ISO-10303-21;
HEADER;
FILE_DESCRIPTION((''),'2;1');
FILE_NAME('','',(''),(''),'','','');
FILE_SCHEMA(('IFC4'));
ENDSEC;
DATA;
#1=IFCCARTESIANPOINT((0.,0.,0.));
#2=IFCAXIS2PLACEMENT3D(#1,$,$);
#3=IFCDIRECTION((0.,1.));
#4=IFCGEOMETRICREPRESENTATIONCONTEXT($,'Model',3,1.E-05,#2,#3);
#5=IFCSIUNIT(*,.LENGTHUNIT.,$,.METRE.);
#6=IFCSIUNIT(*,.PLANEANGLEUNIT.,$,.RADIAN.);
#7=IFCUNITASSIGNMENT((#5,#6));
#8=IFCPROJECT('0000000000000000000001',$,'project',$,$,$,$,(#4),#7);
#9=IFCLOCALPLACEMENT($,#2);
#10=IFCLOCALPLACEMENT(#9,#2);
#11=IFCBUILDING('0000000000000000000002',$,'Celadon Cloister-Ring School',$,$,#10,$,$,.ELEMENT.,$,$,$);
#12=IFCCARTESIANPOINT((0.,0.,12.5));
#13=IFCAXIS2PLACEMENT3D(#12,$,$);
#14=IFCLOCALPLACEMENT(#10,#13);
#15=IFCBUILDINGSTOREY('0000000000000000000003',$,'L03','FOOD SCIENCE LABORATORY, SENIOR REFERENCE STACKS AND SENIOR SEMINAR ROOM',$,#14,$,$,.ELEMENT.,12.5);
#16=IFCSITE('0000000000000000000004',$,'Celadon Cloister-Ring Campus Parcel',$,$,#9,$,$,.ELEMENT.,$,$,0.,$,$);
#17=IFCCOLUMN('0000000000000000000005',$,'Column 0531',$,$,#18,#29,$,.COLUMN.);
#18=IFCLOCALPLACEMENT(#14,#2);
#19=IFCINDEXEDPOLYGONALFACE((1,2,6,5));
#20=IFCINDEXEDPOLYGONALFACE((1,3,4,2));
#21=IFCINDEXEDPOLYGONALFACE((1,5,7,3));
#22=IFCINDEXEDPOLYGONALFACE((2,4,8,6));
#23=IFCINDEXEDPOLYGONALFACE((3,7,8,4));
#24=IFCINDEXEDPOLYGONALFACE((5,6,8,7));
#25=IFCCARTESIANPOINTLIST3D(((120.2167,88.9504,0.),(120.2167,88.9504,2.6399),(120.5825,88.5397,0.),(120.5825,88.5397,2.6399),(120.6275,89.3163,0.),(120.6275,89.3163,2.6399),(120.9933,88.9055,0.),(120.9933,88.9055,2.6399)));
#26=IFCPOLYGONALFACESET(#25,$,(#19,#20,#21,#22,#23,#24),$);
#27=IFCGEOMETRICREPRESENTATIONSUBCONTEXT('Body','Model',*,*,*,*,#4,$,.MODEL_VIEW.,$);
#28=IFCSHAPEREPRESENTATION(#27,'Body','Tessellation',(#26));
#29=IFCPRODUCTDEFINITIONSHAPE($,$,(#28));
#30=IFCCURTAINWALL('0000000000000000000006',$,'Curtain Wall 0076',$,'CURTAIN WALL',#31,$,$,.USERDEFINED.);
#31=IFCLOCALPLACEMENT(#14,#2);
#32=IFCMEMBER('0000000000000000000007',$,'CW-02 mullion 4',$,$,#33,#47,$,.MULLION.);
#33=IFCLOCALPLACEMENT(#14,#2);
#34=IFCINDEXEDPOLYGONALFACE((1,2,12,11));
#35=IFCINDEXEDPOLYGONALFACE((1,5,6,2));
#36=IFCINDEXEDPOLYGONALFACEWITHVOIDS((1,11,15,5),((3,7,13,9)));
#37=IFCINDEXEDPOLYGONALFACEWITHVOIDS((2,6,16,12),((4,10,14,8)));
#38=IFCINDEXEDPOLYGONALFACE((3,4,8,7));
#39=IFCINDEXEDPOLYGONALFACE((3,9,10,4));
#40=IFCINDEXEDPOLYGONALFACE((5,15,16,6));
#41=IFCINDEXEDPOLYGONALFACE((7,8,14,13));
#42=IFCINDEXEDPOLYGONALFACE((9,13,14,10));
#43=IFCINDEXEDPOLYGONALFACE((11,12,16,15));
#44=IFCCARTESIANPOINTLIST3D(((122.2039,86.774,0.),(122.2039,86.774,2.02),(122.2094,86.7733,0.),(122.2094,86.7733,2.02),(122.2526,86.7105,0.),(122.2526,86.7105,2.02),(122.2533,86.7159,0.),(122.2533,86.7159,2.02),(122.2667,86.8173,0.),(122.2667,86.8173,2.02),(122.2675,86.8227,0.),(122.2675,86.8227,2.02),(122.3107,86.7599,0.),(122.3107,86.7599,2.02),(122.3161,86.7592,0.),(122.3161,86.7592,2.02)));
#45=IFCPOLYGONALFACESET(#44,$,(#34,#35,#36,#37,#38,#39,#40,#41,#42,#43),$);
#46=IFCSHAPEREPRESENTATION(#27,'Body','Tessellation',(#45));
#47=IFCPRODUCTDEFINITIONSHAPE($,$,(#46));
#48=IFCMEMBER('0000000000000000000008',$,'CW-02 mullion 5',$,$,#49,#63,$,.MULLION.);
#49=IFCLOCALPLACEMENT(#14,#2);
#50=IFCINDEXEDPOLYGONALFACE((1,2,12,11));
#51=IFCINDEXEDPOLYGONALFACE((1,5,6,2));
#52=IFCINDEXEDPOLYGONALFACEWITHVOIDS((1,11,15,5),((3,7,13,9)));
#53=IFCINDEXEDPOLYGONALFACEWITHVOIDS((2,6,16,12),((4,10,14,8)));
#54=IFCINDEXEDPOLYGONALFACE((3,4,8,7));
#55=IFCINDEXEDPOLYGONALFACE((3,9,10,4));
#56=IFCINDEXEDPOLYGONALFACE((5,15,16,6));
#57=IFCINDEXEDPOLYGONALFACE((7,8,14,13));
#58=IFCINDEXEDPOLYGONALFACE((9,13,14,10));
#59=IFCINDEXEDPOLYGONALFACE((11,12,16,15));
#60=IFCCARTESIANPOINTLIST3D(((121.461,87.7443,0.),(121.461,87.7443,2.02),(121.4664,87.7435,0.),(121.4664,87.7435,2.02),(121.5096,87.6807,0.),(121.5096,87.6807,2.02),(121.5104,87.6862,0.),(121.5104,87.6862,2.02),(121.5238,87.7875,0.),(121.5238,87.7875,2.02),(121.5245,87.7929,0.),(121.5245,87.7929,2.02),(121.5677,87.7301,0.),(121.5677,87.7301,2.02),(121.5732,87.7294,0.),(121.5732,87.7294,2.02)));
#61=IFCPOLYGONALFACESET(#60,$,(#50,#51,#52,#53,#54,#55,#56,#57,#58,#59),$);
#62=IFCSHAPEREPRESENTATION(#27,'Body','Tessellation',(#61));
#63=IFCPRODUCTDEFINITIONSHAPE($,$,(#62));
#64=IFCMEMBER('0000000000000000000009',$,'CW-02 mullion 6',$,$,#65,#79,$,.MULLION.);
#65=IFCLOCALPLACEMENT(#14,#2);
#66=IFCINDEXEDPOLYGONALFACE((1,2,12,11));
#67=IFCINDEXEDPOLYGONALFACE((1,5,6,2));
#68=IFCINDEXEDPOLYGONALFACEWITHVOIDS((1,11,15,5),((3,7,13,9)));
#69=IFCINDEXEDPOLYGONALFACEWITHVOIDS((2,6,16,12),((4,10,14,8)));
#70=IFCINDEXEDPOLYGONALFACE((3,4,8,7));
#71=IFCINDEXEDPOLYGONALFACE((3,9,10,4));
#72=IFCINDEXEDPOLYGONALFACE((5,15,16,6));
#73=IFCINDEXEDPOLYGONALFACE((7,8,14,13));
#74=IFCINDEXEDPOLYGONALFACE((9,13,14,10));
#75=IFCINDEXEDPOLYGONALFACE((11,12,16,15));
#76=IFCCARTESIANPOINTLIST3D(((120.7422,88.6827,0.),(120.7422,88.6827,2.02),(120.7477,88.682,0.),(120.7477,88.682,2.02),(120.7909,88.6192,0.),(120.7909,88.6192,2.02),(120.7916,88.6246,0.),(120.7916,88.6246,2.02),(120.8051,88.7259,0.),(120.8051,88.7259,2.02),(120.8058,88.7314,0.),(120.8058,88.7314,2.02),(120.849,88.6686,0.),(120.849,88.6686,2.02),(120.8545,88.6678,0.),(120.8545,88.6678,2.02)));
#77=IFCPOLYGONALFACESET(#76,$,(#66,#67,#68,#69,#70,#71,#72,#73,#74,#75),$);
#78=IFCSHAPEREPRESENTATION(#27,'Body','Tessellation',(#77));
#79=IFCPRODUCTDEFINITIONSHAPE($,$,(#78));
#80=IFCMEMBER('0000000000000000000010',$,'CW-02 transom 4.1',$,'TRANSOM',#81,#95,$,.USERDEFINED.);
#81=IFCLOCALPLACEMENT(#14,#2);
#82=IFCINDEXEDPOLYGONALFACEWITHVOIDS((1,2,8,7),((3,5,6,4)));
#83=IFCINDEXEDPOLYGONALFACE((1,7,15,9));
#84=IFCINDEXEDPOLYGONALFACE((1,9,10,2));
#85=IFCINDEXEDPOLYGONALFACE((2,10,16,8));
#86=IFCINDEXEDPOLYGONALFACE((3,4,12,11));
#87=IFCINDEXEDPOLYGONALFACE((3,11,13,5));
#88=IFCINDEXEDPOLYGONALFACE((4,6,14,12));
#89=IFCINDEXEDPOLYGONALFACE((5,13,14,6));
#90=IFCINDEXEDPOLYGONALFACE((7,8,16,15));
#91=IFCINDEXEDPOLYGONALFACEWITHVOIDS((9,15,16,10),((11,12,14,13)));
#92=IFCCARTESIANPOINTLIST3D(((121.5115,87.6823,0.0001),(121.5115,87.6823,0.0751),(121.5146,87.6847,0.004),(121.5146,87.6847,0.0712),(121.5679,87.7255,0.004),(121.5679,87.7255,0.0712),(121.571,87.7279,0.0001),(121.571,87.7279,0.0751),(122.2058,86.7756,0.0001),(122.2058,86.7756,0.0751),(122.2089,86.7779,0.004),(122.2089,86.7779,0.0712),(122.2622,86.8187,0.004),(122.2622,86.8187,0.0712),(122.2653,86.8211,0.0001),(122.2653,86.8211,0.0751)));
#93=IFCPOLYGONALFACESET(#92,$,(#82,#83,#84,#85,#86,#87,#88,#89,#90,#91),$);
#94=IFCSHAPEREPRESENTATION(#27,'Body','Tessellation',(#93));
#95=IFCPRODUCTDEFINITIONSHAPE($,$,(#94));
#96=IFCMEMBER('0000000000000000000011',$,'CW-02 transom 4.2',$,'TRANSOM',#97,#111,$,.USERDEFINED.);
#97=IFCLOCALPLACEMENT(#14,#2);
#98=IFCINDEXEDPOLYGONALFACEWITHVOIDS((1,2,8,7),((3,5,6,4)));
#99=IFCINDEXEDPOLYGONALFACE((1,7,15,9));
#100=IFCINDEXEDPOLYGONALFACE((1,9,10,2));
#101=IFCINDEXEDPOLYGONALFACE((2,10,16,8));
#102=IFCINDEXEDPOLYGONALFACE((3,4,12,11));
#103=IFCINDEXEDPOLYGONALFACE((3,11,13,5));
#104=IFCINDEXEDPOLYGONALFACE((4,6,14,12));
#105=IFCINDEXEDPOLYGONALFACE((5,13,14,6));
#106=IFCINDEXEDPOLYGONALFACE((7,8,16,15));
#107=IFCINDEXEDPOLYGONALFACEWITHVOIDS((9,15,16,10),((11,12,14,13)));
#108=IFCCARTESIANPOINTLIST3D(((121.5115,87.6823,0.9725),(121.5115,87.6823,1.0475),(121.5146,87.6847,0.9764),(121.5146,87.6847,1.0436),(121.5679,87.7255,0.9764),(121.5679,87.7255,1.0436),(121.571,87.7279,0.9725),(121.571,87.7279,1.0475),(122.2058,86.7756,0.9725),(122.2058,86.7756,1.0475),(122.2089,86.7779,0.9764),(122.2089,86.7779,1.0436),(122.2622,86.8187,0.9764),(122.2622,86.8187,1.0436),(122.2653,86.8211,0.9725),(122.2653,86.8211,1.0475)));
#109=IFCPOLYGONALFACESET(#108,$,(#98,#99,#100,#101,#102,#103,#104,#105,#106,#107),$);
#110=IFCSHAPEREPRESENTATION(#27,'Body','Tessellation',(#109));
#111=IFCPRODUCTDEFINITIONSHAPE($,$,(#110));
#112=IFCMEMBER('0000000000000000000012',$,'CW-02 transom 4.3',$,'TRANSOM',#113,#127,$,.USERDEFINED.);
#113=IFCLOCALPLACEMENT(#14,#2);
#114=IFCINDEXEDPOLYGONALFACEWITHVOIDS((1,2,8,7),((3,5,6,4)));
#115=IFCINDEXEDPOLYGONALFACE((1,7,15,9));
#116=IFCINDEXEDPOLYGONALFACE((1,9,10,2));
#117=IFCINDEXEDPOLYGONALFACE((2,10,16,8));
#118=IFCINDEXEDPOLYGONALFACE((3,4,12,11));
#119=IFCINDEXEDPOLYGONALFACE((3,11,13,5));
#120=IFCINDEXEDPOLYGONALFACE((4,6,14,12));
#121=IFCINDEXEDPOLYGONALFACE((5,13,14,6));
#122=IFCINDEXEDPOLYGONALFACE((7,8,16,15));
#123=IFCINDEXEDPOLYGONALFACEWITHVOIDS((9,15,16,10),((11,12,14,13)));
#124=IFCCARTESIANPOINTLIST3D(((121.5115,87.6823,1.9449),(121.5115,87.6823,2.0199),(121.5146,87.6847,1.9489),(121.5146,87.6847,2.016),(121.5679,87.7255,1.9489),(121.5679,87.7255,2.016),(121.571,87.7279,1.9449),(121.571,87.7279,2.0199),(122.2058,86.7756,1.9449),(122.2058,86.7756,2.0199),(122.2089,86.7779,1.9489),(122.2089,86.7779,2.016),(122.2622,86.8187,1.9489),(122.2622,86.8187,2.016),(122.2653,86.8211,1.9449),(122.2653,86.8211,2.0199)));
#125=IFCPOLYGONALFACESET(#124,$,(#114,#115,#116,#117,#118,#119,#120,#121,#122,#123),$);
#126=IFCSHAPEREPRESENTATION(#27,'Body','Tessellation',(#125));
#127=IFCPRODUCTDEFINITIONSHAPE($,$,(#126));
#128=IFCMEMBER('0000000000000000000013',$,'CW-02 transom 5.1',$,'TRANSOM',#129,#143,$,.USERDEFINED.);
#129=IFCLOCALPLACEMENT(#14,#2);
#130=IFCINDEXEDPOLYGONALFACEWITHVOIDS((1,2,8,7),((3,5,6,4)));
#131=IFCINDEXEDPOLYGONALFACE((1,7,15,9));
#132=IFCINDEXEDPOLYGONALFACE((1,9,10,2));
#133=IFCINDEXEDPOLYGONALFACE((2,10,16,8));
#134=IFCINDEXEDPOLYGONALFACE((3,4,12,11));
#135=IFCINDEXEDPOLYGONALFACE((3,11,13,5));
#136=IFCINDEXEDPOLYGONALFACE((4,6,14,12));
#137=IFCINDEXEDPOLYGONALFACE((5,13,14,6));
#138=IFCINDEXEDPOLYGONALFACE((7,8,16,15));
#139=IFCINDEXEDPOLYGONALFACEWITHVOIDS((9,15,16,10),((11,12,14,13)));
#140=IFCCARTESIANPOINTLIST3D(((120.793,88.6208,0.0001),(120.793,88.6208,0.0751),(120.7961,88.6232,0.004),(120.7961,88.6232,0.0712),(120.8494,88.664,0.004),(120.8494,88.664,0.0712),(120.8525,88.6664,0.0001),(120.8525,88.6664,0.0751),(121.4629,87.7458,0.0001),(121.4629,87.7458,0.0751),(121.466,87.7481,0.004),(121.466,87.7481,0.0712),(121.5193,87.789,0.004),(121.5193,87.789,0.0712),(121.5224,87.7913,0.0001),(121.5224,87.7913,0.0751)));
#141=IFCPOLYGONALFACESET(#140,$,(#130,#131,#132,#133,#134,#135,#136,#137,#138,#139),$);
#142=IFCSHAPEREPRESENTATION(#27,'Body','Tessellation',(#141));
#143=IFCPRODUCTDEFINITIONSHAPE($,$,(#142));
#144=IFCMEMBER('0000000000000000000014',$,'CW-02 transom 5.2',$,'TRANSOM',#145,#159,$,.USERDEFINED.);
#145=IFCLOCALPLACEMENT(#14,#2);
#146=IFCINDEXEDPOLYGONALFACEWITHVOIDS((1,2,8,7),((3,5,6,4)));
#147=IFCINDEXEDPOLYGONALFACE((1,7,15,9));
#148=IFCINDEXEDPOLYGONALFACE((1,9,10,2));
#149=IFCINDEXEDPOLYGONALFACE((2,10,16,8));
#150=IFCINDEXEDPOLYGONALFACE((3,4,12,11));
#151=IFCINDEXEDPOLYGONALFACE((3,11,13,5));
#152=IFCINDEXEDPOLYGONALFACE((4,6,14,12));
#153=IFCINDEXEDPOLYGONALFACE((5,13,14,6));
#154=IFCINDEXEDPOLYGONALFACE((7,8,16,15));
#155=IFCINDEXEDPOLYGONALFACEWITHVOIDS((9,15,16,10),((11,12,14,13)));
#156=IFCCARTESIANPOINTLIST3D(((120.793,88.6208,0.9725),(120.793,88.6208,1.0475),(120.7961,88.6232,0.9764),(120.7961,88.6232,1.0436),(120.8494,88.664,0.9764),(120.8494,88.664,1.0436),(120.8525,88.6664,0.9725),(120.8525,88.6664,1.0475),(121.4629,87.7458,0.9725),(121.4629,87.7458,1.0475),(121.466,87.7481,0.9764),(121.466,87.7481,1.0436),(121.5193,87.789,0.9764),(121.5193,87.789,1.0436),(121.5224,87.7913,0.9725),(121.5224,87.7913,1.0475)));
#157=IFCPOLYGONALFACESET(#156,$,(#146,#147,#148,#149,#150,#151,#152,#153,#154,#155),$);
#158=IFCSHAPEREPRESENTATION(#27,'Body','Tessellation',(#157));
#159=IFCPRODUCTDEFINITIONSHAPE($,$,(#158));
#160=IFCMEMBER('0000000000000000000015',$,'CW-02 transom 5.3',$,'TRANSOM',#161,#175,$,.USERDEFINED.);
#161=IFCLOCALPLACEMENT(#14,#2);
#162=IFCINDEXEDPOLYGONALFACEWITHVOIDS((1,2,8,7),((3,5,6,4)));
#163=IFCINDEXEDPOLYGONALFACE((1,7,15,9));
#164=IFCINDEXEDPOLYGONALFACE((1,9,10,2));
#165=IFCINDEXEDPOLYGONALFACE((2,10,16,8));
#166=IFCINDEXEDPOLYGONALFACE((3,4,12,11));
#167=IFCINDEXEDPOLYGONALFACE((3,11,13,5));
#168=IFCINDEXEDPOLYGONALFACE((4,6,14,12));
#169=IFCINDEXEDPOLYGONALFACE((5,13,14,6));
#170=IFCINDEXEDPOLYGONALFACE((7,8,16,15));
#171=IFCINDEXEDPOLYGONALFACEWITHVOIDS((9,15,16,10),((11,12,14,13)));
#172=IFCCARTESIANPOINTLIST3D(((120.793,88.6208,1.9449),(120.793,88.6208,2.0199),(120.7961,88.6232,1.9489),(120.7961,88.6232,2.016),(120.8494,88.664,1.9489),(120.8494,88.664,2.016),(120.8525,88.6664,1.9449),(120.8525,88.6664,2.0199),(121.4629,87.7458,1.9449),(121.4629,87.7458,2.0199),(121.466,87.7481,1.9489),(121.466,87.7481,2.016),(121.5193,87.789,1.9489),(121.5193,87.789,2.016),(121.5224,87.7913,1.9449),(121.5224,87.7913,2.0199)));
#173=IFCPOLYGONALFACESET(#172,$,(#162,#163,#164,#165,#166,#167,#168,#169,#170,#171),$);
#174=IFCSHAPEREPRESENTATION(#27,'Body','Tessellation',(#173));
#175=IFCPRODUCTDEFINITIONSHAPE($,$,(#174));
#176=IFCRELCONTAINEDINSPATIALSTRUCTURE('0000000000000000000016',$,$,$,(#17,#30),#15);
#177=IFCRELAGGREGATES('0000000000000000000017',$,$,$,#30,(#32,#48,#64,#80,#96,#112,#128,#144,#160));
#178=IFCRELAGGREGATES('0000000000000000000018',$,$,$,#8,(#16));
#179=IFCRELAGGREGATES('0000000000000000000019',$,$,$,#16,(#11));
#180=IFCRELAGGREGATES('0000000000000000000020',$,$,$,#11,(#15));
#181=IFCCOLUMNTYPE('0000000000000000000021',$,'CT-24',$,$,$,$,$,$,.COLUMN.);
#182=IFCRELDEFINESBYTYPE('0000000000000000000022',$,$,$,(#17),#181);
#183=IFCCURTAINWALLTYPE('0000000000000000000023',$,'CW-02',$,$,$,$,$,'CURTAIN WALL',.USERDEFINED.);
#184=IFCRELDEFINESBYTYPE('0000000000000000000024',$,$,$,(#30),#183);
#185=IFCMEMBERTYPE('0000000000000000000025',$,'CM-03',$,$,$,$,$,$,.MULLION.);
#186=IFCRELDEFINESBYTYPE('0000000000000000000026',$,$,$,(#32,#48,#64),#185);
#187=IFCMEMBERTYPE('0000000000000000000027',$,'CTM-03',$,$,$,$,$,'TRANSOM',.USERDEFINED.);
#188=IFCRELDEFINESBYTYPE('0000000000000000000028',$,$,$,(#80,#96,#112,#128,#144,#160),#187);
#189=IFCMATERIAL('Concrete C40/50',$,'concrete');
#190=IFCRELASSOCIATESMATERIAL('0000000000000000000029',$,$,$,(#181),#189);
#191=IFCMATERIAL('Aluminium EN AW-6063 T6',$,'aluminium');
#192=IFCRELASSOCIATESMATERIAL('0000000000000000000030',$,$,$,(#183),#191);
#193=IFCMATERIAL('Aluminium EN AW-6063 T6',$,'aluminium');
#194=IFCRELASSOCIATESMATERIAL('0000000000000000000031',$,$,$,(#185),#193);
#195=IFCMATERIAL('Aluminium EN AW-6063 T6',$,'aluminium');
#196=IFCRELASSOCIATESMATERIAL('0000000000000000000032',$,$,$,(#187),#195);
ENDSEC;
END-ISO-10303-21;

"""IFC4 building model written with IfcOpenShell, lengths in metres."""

from ifc_helpers import new_model, si_unit, direction, frame, origin, origin_2d, place, context, subcontext, project, spatial, rectangle, hollow_rectangle, extrude, material, material_profile, profile_set, type_object, element, aggregate, save


model = new_model("IFC4")

# Units and contexts
model_context = context("Model", 3, precision=1e-05, world=origin(), true_north=direction((0.0, 1.0)))
body_context = subcontext(model_context, "Body", "Model", "MODEL_VIEW")
ifc_project = project(units=[si_unit("LENGTHUNIT", "METRE"), si_unit("PLANEANGLEUNIT", "RADIAN")], contexts=[model_context])

# Site, building, storey
site_placement = place(None, origin())
site = spatial("IfcSite", under=ifc_project, at=site_placement, Name="Celadon Cloister-Ring Campus Parcel", CompositionType="ELEMENT", RefElevation=0.0)
building_placement = place(site_placement, origin())
building = spatial("IfcBuilding", under=site, at=building_placement, Name="Celadon Cloister-Ring School", CompositionType="ELEMENT")
storey_placement = place(building_placement, frame((0.0, 0.0, 12.5)))
storey = spatial("IfcBuildingStorey", under=building, at=storey_placement, Name="L03", Description="FOOD SCIENCE LABORATORY, SENIOR REFERENCE STACKS AND SENIOR SEMINAR ROOM", CompositionType="ELEMENT", Elevation=12.5)

# Column
ifc_material_1 = material(Name="Concrete C40/50", Category="concrete")
ifc_material_profile_1 = material_profile(ifc_material_1, rectangle(XDim=0.55, YDim=0.55, at=origin_2d()), Name="RC550X550")
ifc_profile_set_1 = profile_set([ifc_material_profile_1], Name="Concrete C40/50")
column_type = type_object("IfcColumnType", Name="CT-24", PredefinedType="COLUMN", material=ifc_profile_set_1)
column_placement = place(storey_placement, frame((120.605, 88.928, 0.0), z_axis=(0.0, 0.0, 1.0), x_axis=(0.746777, 0.665074, 0.0)))
element("IfcColumn", 1, at=column_placement, inside=storey, type_object=column_type, Name="Column 0531", PredefinedType="COLUMN", context=body_context, shape_type="SweptSolid", body=[
    extrude(rectangle(XDim=0.55, YDim=0.55, at=origin_2d()), origin(), (0.0, 0.0, 1.0), 2.6399),
])

# Curtain wall, members
ifc_material_2 = material(Name="Aluminium EN AW-6063 T6", Category="aluminium")
curtain_wall_type = type_object("IfcCurtainWallType", Name="CW-02", ElementType="CURTAIN WALL", PredefinedType="USERDEFINED", material=ifc_material_2)
curtain_wall_placement = place(storey_placement, origin())
curtain_wall = element("IfcCurtainWall", 2, at=curtain_wall_placement, inside=storey, type_object=curtain_wall_type, Name="Curtain Wall 0076", ObjectType="CURTAIN WALL", PredefinedType="USERDEFINED")
ifc_material_3 = material(Name="Aluminium EN AW-6063 T6", Category="aluminium")
ifc_material_profile_2 = material_profile(ifc_material_3, hollow_rectangle(XDim=0.0801, YDim=0.0801, WallThickness=0.0039, at=origin_2d()), Name="RHS80X80X4")
ifc_profile_set_2 = profile_set([ifc_material_profile_2], Name="Aluminium EN AW-6063 T6")
member_type_1 = type_object("IfcMemberType", Name="CM-03", PredefinedType="MULLION", material=ifc_profile_set_2)
member_1_placement = place(storey_placement, frame((122.26, 86.7666, 0.0), z_axis=(0.0, 0.0, 1.0), x_axis=(-0.79393, -0.608009, 0.0)))
member_1 = element("IfcMember", 3, at=member_1_placement, type_object=member_type_1, Name="CW-02 mullion 4", PredefinedType="MULLION", context=body_context, shape_type="SweptSolid", body=[
    extrude(hollow_rectangle(XDim=0.0801, YDim=0.0801, WallThickness=0.0039, at=origin_2d()), origin(), (0.0, 0.0, 1.0), 2.02),
])
member_2_placement = place(storey_placement, frame((121.5171, 87.7368, 0.0), z_axis=(0.0, 0.0, 1.0), x_axis=(-0.79393, -0.608009, 0.0)))
member_2 = element("IfcMember", 4, at=member_2_placement, type_object=member_type_1, Name="CW-02 mullion 5", PredefinedType="MULLION", context=body_context, shape_type="SweptSolid", body=[
    extrude(hollow_rectangle(XDim=0.0801, YDim=0.0801, WallThickness=0.0039, at=origin_2d()), origin(), (0.0, 0.0, 1.0), 2.02),
])
member_3_placement = place(storey_placement, frame((120.7983, 88.6753, 0.0), z_axis=(0.0, 0.0, 1.0), x_axis=(-0.79393, -0.608009, 0.0)))
member_3 = element("IfcMember", 5, at=member_3_placement, type_object=member_type_1, Name="CW-02 mullion 6", PredefinedType="MULLION", context=body_context, shape_type="SweptSolid", body=[
    extrude(hollow_rectangle(XDim=0.0801, YDim=0.0801, WallThickness=0.0039, at=origin_2d()), origin(), (0.0, 0.0, 1.0), 2.02),
])
ifc_material_4 = material(Name="Aluminium EN AW-6063 T6", Category="aluminium")
ifc_material_profile_3 = material_profile(ifc_material_4, hollow_rectangle(XDim=0.075, YDim=0.075, WallThickness=0.0039, at=origin_2d()), Name="RHS75X75X4")
ifc_profile_set_3 = profile_set([ifc_material_profile_3], Name="Aluminium EN AW-6063 T6")
member_type_2 = type_object("IfcMemberType", Name="CTM-03", ElementType="TRANSOM", PredefinedType="USERDEFINED", material=ifc_profile_set_3)
member_4_placement = place(storey_placement, frame((122.2356, 86.7983, 0.0376), z_axis=(-0.607974, 0.793957, 0.0), x_axis=(-0.793957, -0.607974, 0.0)))
member_4 = element("IfcMember", 6, at=member_4_placement, type_object=member_type_2, Name="CW-02 transom 4.1", ObjectType="TRANSOM", PredefinedType="USERDEFINED", context=body_context, shape_type="SweptSolid", body=[
    extrude(hollow_rectangle(XDim=0.075, YDim=0.075, WallThickness=0.0039, at=origin_2d()), origin(), (0.0, 0.0, 1.0), 1.1421),
])
member_5_placement = place(storey_placement, frame((122.2356, 86.7983, 1.01), z_axis=(-0.607974, 0.793957, 0.0), x_axis=(-0.793957, -0.607974, 0.0)))
member_5 = element("IfcMember", 7, at=member_5_placement, type_object=member_type_2, Name="CW-02 transom 4.2", ObjectType="TRANSOM", PredefinedType="USERDEFINED", context=body_context, shape_type="SweptSolid", body=[
    extrude(hollow_rectangle(XDim=0.075, YDim=0.075, WallThickness=0.0039, at=origin_2d()), origin(), (0.0, 0.0, 1.0), 1.1421),
])
member_6_placement = place(storey_placement, frame((122.2356, 86.7983, 1.9824), z_axis=(-0.607974, 0.793957, 0.0), x_axis=(-0.793957, -0.607974, 0.0)))
member_6 = element("IfcMember", 8, at=member_6_placement, type_object=member_type_2, Name="CW-02 transom 4.3", ObjectType="TRANSOM", PredefinedType="USERDEFINED", context=body_context, shape_type="SweptSolid", body=[
    extrude(hollow_rectangle(XDim=0.075, YDim=0.075, WallThickness=0.0039, at=origin_2d()), origin(), (0.0, 0.0, 1.0), 1.1421),
])
member_7_placement = place(storey_placement, frame((121.4927, 87.7686, 0.0376), z_axis=(-0.607911, 0.794006, 0.0), x_axis=(-0.794006, -0.607911, 0.0)))
member_7 = element("IfcMember", 9, at=member_7_placement, type_object=member_type_2, Name="CW-02 transom 5.1", ObjectType="TRANSOM", PredefinedType="USERDEFINED", context=body_context, shape_type="SweptSolid", body=[
    extrude(hollow_rectangle(XDim=0.075, YDim=0.075, WallThickness=0.0039, at=origin_2d()), origin(), (0.0, 0.0, 1.0), 1.1021),
])
member_8_placement = place(storey_placement, frame((121.4927, 87.7686, 1.01), z_axis=(-0.607911, 0.794006, 0.0), x_axis=(-0.794006, -0.607911, 0.0)))
member_8 = element("IfcMember", 10, at=member_8_placement, type_object=member_type_2, Name="CW-02 transom 5.2", ObjectType="TRANSOM", PredefinedType="USERDEFINED", context=body_context, shape_type="SweptSolid", body=[
    extrude(hollow_rectangle(XDim=0.075, YDim=0.075, WallThickness=0.0039, at=origin_2d()), origin(), (0.0, 0.0, 1.0), 1.1021),
])
member_9_placement = place(storey_placement, frame((121.4927, 87.7686, 1.9824), z_axis=(-0.607911, 0.794006, 0.0), x_axis=(-0.794006, -0.607911, 0.0)))
member_9 = element("IfcMember", 11, at=member_9_placement, type_object=member_type_2, Name="CW-02 transom 5.3", ObjectType="TRANSOM", PredefinedType="USERDEFINED", context=body_context, shape_type="SweptSolid", body=[
    extrude(hollow_rectangle(XDim=0.075, YDim=0.075, WallThickness=0.0039, at=origin_2d()), origin(), (0.0, 0.0, 1.0), 1.1021),
])

aggregate(curtain_wall, [member_1, member_2, member_3, member_4, member_5, member_6, member_7, member_8, member_9])

save(model, "model.ifc")
